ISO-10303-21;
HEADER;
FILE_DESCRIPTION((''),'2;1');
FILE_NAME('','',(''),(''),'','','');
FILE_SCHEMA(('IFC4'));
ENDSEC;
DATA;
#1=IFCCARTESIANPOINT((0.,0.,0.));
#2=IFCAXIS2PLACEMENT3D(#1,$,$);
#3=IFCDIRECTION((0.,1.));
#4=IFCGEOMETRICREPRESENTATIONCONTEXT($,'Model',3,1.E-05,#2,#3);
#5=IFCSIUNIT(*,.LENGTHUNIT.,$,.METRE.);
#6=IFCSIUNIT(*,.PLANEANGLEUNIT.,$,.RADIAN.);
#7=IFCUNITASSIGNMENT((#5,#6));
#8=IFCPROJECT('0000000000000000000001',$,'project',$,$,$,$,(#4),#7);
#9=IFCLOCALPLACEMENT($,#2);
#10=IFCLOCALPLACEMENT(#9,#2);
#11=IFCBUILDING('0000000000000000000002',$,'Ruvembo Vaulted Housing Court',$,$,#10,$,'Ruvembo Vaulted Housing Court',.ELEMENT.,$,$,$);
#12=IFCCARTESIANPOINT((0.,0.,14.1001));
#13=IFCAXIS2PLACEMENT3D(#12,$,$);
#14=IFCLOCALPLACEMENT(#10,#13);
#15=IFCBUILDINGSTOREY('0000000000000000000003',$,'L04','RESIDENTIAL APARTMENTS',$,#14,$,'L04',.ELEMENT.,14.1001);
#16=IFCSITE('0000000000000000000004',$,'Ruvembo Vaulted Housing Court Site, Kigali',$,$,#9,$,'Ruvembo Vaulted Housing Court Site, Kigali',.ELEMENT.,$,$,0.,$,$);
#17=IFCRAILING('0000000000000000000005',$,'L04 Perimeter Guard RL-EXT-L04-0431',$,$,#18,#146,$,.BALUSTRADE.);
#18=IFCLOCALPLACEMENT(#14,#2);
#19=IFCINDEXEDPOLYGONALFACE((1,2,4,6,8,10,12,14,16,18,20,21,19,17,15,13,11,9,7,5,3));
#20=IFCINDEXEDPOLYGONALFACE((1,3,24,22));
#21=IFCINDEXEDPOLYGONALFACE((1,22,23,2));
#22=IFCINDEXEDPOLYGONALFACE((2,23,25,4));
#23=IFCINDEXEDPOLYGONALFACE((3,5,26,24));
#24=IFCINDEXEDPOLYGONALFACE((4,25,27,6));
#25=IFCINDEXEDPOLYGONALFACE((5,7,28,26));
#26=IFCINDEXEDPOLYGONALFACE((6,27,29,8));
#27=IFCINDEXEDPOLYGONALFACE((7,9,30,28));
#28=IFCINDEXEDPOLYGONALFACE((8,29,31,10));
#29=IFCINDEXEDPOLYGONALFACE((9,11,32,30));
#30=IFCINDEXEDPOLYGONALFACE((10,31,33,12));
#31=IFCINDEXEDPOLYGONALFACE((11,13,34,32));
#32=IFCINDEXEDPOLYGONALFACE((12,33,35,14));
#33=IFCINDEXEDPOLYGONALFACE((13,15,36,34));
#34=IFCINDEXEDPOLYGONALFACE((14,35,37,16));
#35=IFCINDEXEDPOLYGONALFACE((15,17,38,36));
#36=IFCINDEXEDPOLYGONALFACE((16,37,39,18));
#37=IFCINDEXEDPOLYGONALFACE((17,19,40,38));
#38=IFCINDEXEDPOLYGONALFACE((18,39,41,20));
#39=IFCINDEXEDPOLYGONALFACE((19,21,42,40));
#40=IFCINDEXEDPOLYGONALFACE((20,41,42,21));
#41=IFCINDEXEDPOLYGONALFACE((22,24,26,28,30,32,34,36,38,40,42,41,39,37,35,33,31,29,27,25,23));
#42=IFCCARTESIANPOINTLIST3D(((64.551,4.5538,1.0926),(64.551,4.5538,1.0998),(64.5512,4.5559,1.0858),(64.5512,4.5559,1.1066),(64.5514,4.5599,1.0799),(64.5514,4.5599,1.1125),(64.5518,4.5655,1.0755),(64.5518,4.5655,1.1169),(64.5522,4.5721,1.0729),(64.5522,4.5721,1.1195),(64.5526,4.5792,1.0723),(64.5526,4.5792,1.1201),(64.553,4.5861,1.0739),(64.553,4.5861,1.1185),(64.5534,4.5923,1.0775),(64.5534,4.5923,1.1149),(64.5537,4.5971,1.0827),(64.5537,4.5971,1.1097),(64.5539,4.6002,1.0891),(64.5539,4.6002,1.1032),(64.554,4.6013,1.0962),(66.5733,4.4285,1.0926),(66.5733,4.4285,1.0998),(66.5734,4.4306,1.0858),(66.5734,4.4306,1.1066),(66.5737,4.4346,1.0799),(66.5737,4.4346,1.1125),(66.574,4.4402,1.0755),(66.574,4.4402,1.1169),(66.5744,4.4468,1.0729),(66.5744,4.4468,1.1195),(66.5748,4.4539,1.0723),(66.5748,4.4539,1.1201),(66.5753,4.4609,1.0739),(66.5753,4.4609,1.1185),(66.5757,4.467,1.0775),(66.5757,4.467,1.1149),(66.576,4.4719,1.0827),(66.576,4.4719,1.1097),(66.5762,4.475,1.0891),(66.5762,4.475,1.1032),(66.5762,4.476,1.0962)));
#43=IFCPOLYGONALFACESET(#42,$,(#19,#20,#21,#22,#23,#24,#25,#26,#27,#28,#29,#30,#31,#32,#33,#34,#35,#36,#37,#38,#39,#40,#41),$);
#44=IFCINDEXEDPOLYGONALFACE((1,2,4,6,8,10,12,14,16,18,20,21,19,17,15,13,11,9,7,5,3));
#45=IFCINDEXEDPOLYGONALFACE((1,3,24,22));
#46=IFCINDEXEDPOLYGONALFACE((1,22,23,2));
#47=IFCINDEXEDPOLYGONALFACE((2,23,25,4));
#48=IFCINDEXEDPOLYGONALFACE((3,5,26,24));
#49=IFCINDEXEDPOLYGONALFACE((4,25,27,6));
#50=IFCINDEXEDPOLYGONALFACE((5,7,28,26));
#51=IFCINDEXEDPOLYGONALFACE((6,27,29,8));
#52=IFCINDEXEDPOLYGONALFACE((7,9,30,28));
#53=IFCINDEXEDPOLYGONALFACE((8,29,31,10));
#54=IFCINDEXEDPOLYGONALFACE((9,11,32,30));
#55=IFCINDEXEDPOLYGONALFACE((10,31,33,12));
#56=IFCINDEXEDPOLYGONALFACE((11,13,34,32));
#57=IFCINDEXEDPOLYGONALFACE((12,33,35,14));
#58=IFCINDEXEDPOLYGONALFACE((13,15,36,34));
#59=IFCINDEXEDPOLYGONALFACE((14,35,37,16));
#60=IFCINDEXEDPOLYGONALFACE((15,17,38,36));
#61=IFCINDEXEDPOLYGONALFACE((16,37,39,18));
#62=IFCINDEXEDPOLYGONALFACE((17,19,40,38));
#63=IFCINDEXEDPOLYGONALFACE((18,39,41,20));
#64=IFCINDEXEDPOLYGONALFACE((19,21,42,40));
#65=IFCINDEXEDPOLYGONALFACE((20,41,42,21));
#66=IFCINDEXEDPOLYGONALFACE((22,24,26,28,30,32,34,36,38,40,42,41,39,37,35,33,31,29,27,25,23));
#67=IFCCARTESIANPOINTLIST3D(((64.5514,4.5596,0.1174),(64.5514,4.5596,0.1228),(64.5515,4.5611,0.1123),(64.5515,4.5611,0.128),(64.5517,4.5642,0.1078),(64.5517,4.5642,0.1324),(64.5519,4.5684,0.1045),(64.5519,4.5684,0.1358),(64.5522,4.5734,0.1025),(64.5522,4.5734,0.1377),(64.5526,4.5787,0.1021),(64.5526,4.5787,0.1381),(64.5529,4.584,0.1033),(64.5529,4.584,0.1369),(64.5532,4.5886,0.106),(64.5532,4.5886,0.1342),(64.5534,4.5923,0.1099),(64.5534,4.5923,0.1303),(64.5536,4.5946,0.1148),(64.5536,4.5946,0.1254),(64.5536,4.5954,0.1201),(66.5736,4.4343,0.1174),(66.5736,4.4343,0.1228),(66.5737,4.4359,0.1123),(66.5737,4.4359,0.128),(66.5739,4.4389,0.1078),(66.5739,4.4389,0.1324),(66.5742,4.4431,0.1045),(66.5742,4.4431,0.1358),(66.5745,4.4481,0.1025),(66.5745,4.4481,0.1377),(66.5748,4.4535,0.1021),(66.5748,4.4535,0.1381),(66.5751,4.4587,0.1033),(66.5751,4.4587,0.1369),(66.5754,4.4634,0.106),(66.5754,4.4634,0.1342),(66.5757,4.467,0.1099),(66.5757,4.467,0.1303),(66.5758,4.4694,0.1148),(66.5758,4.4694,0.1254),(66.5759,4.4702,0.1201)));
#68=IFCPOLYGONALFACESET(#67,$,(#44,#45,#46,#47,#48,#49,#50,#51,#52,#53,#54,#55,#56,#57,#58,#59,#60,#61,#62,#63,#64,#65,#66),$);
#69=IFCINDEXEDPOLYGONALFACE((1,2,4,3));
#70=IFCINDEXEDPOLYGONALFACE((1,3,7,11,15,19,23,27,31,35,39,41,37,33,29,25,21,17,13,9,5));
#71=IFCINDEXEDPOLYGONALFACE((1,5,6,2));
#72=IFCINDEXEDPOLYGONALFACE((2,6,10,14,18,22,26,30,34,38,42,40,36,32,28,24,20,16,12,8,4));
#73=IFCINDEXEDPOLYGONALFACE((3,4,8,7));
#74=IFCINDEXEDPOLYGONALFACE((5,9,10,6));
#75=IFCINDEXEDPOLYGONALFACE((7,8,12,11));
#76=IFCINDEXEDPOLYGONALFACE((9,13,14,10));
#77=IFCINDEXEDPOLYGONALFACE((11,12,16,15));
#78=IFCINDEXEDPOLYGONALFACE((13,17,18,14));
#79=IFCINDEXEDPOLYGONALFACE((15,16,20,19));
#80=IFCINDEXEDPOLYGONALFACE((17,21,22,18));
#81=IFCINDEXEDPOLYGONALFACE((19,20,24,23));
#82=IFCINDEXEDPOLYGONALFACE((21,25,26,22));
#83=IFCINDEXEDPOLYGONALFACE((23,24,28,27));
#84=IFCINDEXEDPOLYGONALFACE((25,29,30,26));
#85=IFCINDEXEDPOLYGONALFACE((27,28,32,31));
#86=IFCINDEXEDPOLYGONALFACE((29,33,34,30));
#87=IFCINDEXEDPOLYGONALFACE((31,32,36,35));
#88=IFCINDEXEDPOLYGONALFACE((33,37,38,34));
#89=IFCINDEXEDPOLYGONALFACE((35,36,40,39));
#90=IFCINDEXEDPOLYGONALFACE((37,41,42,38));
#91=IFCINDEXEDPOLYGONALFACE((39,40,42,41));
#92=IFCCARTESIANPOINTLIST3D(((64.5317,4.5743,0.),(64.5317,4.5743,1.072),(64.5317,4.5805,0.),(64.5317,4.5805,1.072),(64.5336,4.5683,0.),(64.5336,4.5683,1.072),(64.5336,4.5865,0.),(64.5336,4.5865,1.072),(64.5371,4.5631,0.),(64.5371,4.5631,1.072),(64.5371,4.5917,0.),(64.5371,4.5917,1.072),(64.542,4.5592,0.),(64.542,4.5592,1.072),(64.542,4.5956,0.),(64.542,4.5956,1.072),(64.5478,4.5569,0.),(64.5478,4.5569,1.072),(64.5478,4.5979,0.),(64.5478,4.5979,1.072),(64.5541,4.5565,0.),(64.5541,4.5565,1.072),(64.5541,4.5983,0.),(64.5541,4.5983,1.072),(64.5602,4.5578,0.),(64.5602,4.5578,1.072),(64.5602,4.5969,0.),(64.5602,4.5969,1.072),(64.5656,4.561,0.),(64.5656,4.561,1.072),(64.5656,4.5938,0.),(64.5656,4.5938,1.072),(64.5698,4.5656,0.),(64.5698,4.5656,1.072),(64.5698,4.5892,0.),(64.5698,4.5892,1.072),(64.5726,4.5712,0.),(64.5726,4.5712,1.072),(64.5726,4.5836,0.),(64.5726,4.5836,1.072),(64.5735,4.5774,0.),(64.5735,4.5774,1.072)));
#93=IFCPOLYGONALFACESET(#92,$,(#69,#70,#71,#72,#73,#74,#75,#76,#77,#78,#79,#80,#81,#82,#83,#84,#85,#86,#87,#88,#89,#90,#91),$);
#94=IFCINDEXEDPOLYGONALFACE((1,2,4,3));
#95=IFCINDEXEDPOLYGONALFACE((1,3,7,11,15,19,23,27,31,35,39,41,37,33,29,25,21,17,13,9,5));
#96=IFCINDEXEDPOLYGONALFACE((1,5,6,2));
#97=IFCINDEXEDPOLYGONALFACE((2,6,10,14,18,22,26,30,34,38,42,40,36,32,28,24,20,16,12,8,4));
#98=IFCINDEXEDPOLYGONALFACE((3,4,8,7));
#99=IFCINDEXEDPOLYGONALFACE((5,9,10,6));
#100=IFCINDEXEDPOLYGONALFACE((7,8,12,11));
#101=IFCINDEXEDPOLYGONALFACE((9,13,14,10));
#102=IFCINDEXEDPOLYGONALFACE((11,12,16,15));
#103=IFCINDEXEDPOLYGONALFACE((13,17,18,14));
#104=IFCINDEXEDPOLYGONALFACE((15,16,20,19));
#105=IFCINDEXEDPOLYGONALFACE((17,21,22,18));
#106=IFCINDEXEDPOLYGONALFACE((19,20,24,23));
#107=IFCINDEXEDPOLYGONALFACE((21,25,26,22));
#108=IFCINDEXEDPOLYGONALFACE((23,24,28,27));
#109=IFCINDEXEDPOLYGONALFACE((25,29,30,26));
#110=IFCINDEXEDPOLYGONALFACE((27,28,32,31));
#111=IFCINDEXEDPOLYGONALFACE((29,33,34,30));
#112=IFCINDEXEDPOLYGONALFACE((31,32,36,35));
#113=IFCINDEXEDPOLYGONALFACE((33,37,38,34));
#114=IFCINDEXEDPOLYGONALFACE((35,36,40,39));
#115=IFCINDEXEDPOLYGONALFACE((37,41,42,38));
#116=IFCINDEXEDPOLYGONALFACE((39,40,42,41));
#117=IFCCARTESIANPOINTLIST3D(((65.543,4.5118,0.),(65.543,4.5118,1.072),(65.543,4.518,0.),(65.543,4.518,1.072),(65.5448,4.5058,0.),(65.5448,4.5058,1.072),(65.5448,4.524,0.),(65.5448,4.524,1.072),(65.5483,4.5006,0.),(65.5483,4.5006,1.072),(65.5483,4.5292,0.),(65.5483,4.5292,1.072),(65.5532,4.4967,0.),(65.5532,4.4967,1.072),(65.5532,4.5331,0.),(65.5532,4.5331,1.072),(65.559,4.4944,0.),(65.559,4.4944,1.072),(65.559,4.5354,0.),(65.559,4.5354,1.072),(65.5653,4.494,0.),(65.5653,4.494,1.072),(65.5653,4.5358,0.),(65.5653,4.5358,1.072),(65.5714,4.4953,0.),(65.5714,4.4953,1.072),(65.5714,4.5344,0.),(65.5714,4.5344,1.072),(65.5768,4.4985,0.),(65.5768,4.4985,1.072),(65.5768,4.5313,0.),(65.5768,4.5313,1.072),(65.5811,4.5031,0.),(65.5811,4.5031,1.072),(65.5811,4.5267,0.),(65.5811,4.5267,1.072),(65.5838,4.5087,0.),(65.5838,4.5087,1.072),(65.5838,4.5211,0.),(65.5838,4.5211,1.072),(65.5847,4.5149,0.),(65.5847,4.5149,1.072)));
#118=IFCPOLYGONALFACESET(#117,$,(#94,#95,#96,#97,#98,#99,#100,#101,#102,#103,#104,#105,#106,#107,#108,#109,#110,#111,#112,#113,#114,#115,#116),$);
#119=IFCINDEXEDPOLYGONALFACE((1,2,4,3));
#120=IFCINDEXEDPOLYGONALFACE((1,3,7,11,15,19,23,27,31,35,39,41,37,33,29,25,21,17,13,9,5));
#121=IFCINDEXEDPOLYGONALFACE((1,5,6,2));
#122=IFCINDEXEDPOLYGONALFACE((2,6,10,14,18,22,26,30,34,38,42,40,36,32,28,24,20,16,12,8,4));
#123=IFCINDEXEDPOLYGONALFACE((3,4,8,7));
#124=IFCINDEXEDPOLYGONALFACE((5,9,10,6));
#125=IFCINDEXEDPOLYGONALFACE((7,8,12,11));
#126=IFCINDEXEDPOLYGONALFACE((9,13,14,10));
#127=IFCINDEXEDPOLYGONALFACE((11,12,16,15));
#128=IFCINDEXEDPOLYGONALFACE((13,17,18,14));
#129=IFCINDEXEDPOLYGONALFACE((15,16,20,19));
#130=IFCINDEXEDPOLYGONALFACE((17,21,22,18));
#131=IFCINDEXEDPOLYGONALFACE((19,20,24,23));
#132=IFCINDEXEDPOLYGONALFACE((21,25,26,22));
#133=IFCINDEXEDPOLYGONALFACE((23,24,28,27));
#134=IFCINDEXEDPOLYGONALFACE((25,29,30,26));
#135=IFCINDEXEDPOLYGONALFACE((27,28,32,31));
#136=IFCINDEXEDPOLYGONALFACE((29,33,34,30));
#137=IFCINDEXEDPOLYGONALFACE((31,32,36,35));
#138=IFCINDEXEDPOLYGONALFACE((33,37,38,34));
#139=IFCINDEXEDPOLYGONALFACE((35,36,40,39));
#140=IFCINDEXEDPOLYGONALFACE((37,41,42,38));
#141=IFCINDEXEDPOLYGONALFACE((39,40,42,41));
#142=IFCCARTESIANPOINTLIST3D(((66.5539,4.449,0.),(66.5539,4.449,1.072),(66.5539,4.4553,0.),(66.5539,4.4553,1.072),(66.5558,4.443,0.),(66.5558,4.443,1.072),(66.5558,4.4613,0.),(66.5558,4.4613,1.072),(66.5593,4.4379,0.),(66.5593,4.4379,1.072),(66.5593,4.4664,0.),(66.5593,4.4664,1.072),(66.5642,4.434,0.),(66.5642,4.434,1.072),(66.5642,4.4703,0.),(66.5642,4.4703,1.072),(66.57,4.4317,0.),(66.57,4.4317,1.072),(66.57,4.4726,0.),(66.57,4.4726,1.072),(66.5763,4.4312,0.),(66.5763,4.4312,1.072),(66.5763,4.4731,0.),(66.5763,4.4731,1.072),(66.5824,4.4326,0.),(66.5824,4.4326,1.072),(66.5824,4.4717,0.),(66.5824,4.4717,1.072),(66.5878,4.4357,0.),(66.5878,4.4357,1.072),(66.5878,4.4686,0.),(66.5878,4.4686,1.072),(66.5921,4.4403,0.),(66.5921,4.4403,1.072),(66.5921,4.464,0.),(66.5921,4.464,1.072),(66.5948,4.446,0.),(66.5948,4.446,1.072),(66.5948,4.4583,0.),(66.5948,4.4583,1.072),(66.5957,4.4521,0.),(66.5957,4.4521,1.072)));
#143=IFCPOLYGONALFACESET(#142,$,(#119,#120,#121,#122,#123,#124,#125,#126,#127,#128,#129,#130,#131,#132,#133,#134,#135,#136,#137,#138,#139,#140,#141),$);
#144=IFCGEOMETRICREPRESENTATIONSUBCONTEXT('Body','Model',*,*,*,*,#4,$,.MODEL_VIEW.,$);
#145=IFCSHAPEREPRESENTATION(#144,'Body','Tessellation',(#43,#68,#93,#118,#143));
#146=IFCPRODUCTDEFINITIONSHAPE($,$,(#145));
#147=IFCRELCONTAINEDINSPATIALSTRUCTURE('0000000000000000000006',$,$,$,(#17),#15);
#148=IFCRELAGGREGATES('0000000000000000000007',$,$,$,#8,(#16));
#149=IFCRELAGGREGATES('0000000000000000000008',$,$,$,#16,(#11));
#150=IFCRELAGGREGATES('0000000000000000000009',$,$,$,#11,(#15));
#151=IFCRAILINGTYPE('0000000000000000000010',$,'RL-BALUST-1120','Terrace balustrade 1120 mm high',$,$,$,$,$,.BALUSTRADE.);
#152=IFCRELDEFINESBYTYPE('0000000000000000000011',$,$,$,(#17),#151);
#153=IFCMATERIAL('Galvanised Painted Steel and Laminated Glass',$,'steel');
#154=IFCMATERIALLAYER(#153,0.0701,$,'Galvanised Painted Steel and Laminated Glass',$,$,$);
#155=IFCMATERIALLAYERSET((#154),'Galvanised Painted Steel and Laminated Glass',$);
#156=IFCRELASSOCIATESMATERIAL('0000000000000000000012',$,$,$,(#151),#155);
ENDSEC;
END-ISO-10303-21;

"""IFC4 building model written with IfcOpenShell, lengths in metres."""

from ifc_helpers import new_model, si_unit, direction, frame, origin, origin_2d, place, context, subcontext, project, spatial, circle, extrude, material, layer, layer_set, type_object, element, save


model = new_model("IFC4")

# Units and contexts
model_context = context("Model", 3, precision=1e-05, world=origin(), true_north=direction((0.0, 1.0)))
body_context = subcontext(model_context, "Body", "Model", "MODEL_VIEW")
ifc_project = project(units=[si_unit("LENGTHUNIT", "METRE"), si_unit("PLANEANGLEUNIT", "RADIAN")], contexts=[model_context])

# Site, building, storey
site_placement = place(None, origin())
site = spatial("IfcSite", under=ifc_project, at=site_placement, Name="Ruvembo Vaulted Housing Court Site, Kigali", LongName="Ruvembo Vaulted Housing Court Site, Kigali", CompositionType="ELEMENT", RefElevation=0.0)
building_placement = place(site_placement, origin())
building = spatial("IfcBuilding", under=site, at=building_placement, Name="Ruvembo Vaulted Housing Court", LongName="Ruvembo Vaulted Housing Court", CompositionType="ELEMENT")
storey_placement = place(building_placement, frame((0.0, 0.0, 14.1001)))
storey = spatial("IfcBuildingStorey", under=building, at=storey_placement, Name="L04", Description="RESIDENTIAL APARTMENTS", LongName="L04", CompositionType="ELEMENT", Elevation=14.1001)

# Railing
ifc_material_1 = material(Name="Galvanised Painted Steel and Laminated Glass", Category="steel")
ifc_layer_1 = layer(ifc_material_1, 0.0701, Name="Galvanised Painted Steel and Laminated Glass")
ifc_layer_set_1 = layer_set([ifc_layer_1], Name="Galvanised Painted Steel and Laminated Glass")
railing_type = type_object("IfcRailingType", Name="RL-BALUST-1120", Description="Terrace balustrade 1120 mm high", PredefinedType="BALUSTRADE", material=ifc_layer_set_1)
railing_1_placement = place(storey_placement, frame((64.5525, 4.5774, 0.0)))
element("IfcRailing", 1, at=railing_1_placement, inside=storey, type_object=railing_type, Name="L04 Perimeter Guard RL-EXT-L04-0431", PredefinedType="BALUSTRADE", context=body_context, shape_type="SweptSolid", body=[
    extrude(circle(Radius=0.0239, at=origin_2d()), frame((0.0, 0.0, 1.0962), z_axis=(0.998088, -0.061816, 0.0), x_axis=(0.061816, 0.998088, 0.0)), (0.0, 0.0, 1.0), 2.0261),
    extrude(circle(Radius=0.0181, at=origin_2d()), frame((0.0, 0.0, 0.1201), z_axis=(0.998088, -0.061816, 0.0), x_axis=(0.061816, 0.998088, 0.0)), (0.0, 0.0, 1.0), 2.0261),
    extrude(circle(Radius=0.021, at=origin_2d()), origin(), (0.0, 0.0, 1.0), 1.072),
    extrude(circle(Radius=0.021, at=origin_2d()), frame((1.0112, -0.0625, 0.0)), (0.0, 0.0, 1.0), 1.072),
    extrude(circle(Radius=0.021, at=origin_2d()), frame((2.0222, -0.1252, 0.0)), (0.0, 0.0, 1.0), 1.072),
])

save(model, "model.ifc")
